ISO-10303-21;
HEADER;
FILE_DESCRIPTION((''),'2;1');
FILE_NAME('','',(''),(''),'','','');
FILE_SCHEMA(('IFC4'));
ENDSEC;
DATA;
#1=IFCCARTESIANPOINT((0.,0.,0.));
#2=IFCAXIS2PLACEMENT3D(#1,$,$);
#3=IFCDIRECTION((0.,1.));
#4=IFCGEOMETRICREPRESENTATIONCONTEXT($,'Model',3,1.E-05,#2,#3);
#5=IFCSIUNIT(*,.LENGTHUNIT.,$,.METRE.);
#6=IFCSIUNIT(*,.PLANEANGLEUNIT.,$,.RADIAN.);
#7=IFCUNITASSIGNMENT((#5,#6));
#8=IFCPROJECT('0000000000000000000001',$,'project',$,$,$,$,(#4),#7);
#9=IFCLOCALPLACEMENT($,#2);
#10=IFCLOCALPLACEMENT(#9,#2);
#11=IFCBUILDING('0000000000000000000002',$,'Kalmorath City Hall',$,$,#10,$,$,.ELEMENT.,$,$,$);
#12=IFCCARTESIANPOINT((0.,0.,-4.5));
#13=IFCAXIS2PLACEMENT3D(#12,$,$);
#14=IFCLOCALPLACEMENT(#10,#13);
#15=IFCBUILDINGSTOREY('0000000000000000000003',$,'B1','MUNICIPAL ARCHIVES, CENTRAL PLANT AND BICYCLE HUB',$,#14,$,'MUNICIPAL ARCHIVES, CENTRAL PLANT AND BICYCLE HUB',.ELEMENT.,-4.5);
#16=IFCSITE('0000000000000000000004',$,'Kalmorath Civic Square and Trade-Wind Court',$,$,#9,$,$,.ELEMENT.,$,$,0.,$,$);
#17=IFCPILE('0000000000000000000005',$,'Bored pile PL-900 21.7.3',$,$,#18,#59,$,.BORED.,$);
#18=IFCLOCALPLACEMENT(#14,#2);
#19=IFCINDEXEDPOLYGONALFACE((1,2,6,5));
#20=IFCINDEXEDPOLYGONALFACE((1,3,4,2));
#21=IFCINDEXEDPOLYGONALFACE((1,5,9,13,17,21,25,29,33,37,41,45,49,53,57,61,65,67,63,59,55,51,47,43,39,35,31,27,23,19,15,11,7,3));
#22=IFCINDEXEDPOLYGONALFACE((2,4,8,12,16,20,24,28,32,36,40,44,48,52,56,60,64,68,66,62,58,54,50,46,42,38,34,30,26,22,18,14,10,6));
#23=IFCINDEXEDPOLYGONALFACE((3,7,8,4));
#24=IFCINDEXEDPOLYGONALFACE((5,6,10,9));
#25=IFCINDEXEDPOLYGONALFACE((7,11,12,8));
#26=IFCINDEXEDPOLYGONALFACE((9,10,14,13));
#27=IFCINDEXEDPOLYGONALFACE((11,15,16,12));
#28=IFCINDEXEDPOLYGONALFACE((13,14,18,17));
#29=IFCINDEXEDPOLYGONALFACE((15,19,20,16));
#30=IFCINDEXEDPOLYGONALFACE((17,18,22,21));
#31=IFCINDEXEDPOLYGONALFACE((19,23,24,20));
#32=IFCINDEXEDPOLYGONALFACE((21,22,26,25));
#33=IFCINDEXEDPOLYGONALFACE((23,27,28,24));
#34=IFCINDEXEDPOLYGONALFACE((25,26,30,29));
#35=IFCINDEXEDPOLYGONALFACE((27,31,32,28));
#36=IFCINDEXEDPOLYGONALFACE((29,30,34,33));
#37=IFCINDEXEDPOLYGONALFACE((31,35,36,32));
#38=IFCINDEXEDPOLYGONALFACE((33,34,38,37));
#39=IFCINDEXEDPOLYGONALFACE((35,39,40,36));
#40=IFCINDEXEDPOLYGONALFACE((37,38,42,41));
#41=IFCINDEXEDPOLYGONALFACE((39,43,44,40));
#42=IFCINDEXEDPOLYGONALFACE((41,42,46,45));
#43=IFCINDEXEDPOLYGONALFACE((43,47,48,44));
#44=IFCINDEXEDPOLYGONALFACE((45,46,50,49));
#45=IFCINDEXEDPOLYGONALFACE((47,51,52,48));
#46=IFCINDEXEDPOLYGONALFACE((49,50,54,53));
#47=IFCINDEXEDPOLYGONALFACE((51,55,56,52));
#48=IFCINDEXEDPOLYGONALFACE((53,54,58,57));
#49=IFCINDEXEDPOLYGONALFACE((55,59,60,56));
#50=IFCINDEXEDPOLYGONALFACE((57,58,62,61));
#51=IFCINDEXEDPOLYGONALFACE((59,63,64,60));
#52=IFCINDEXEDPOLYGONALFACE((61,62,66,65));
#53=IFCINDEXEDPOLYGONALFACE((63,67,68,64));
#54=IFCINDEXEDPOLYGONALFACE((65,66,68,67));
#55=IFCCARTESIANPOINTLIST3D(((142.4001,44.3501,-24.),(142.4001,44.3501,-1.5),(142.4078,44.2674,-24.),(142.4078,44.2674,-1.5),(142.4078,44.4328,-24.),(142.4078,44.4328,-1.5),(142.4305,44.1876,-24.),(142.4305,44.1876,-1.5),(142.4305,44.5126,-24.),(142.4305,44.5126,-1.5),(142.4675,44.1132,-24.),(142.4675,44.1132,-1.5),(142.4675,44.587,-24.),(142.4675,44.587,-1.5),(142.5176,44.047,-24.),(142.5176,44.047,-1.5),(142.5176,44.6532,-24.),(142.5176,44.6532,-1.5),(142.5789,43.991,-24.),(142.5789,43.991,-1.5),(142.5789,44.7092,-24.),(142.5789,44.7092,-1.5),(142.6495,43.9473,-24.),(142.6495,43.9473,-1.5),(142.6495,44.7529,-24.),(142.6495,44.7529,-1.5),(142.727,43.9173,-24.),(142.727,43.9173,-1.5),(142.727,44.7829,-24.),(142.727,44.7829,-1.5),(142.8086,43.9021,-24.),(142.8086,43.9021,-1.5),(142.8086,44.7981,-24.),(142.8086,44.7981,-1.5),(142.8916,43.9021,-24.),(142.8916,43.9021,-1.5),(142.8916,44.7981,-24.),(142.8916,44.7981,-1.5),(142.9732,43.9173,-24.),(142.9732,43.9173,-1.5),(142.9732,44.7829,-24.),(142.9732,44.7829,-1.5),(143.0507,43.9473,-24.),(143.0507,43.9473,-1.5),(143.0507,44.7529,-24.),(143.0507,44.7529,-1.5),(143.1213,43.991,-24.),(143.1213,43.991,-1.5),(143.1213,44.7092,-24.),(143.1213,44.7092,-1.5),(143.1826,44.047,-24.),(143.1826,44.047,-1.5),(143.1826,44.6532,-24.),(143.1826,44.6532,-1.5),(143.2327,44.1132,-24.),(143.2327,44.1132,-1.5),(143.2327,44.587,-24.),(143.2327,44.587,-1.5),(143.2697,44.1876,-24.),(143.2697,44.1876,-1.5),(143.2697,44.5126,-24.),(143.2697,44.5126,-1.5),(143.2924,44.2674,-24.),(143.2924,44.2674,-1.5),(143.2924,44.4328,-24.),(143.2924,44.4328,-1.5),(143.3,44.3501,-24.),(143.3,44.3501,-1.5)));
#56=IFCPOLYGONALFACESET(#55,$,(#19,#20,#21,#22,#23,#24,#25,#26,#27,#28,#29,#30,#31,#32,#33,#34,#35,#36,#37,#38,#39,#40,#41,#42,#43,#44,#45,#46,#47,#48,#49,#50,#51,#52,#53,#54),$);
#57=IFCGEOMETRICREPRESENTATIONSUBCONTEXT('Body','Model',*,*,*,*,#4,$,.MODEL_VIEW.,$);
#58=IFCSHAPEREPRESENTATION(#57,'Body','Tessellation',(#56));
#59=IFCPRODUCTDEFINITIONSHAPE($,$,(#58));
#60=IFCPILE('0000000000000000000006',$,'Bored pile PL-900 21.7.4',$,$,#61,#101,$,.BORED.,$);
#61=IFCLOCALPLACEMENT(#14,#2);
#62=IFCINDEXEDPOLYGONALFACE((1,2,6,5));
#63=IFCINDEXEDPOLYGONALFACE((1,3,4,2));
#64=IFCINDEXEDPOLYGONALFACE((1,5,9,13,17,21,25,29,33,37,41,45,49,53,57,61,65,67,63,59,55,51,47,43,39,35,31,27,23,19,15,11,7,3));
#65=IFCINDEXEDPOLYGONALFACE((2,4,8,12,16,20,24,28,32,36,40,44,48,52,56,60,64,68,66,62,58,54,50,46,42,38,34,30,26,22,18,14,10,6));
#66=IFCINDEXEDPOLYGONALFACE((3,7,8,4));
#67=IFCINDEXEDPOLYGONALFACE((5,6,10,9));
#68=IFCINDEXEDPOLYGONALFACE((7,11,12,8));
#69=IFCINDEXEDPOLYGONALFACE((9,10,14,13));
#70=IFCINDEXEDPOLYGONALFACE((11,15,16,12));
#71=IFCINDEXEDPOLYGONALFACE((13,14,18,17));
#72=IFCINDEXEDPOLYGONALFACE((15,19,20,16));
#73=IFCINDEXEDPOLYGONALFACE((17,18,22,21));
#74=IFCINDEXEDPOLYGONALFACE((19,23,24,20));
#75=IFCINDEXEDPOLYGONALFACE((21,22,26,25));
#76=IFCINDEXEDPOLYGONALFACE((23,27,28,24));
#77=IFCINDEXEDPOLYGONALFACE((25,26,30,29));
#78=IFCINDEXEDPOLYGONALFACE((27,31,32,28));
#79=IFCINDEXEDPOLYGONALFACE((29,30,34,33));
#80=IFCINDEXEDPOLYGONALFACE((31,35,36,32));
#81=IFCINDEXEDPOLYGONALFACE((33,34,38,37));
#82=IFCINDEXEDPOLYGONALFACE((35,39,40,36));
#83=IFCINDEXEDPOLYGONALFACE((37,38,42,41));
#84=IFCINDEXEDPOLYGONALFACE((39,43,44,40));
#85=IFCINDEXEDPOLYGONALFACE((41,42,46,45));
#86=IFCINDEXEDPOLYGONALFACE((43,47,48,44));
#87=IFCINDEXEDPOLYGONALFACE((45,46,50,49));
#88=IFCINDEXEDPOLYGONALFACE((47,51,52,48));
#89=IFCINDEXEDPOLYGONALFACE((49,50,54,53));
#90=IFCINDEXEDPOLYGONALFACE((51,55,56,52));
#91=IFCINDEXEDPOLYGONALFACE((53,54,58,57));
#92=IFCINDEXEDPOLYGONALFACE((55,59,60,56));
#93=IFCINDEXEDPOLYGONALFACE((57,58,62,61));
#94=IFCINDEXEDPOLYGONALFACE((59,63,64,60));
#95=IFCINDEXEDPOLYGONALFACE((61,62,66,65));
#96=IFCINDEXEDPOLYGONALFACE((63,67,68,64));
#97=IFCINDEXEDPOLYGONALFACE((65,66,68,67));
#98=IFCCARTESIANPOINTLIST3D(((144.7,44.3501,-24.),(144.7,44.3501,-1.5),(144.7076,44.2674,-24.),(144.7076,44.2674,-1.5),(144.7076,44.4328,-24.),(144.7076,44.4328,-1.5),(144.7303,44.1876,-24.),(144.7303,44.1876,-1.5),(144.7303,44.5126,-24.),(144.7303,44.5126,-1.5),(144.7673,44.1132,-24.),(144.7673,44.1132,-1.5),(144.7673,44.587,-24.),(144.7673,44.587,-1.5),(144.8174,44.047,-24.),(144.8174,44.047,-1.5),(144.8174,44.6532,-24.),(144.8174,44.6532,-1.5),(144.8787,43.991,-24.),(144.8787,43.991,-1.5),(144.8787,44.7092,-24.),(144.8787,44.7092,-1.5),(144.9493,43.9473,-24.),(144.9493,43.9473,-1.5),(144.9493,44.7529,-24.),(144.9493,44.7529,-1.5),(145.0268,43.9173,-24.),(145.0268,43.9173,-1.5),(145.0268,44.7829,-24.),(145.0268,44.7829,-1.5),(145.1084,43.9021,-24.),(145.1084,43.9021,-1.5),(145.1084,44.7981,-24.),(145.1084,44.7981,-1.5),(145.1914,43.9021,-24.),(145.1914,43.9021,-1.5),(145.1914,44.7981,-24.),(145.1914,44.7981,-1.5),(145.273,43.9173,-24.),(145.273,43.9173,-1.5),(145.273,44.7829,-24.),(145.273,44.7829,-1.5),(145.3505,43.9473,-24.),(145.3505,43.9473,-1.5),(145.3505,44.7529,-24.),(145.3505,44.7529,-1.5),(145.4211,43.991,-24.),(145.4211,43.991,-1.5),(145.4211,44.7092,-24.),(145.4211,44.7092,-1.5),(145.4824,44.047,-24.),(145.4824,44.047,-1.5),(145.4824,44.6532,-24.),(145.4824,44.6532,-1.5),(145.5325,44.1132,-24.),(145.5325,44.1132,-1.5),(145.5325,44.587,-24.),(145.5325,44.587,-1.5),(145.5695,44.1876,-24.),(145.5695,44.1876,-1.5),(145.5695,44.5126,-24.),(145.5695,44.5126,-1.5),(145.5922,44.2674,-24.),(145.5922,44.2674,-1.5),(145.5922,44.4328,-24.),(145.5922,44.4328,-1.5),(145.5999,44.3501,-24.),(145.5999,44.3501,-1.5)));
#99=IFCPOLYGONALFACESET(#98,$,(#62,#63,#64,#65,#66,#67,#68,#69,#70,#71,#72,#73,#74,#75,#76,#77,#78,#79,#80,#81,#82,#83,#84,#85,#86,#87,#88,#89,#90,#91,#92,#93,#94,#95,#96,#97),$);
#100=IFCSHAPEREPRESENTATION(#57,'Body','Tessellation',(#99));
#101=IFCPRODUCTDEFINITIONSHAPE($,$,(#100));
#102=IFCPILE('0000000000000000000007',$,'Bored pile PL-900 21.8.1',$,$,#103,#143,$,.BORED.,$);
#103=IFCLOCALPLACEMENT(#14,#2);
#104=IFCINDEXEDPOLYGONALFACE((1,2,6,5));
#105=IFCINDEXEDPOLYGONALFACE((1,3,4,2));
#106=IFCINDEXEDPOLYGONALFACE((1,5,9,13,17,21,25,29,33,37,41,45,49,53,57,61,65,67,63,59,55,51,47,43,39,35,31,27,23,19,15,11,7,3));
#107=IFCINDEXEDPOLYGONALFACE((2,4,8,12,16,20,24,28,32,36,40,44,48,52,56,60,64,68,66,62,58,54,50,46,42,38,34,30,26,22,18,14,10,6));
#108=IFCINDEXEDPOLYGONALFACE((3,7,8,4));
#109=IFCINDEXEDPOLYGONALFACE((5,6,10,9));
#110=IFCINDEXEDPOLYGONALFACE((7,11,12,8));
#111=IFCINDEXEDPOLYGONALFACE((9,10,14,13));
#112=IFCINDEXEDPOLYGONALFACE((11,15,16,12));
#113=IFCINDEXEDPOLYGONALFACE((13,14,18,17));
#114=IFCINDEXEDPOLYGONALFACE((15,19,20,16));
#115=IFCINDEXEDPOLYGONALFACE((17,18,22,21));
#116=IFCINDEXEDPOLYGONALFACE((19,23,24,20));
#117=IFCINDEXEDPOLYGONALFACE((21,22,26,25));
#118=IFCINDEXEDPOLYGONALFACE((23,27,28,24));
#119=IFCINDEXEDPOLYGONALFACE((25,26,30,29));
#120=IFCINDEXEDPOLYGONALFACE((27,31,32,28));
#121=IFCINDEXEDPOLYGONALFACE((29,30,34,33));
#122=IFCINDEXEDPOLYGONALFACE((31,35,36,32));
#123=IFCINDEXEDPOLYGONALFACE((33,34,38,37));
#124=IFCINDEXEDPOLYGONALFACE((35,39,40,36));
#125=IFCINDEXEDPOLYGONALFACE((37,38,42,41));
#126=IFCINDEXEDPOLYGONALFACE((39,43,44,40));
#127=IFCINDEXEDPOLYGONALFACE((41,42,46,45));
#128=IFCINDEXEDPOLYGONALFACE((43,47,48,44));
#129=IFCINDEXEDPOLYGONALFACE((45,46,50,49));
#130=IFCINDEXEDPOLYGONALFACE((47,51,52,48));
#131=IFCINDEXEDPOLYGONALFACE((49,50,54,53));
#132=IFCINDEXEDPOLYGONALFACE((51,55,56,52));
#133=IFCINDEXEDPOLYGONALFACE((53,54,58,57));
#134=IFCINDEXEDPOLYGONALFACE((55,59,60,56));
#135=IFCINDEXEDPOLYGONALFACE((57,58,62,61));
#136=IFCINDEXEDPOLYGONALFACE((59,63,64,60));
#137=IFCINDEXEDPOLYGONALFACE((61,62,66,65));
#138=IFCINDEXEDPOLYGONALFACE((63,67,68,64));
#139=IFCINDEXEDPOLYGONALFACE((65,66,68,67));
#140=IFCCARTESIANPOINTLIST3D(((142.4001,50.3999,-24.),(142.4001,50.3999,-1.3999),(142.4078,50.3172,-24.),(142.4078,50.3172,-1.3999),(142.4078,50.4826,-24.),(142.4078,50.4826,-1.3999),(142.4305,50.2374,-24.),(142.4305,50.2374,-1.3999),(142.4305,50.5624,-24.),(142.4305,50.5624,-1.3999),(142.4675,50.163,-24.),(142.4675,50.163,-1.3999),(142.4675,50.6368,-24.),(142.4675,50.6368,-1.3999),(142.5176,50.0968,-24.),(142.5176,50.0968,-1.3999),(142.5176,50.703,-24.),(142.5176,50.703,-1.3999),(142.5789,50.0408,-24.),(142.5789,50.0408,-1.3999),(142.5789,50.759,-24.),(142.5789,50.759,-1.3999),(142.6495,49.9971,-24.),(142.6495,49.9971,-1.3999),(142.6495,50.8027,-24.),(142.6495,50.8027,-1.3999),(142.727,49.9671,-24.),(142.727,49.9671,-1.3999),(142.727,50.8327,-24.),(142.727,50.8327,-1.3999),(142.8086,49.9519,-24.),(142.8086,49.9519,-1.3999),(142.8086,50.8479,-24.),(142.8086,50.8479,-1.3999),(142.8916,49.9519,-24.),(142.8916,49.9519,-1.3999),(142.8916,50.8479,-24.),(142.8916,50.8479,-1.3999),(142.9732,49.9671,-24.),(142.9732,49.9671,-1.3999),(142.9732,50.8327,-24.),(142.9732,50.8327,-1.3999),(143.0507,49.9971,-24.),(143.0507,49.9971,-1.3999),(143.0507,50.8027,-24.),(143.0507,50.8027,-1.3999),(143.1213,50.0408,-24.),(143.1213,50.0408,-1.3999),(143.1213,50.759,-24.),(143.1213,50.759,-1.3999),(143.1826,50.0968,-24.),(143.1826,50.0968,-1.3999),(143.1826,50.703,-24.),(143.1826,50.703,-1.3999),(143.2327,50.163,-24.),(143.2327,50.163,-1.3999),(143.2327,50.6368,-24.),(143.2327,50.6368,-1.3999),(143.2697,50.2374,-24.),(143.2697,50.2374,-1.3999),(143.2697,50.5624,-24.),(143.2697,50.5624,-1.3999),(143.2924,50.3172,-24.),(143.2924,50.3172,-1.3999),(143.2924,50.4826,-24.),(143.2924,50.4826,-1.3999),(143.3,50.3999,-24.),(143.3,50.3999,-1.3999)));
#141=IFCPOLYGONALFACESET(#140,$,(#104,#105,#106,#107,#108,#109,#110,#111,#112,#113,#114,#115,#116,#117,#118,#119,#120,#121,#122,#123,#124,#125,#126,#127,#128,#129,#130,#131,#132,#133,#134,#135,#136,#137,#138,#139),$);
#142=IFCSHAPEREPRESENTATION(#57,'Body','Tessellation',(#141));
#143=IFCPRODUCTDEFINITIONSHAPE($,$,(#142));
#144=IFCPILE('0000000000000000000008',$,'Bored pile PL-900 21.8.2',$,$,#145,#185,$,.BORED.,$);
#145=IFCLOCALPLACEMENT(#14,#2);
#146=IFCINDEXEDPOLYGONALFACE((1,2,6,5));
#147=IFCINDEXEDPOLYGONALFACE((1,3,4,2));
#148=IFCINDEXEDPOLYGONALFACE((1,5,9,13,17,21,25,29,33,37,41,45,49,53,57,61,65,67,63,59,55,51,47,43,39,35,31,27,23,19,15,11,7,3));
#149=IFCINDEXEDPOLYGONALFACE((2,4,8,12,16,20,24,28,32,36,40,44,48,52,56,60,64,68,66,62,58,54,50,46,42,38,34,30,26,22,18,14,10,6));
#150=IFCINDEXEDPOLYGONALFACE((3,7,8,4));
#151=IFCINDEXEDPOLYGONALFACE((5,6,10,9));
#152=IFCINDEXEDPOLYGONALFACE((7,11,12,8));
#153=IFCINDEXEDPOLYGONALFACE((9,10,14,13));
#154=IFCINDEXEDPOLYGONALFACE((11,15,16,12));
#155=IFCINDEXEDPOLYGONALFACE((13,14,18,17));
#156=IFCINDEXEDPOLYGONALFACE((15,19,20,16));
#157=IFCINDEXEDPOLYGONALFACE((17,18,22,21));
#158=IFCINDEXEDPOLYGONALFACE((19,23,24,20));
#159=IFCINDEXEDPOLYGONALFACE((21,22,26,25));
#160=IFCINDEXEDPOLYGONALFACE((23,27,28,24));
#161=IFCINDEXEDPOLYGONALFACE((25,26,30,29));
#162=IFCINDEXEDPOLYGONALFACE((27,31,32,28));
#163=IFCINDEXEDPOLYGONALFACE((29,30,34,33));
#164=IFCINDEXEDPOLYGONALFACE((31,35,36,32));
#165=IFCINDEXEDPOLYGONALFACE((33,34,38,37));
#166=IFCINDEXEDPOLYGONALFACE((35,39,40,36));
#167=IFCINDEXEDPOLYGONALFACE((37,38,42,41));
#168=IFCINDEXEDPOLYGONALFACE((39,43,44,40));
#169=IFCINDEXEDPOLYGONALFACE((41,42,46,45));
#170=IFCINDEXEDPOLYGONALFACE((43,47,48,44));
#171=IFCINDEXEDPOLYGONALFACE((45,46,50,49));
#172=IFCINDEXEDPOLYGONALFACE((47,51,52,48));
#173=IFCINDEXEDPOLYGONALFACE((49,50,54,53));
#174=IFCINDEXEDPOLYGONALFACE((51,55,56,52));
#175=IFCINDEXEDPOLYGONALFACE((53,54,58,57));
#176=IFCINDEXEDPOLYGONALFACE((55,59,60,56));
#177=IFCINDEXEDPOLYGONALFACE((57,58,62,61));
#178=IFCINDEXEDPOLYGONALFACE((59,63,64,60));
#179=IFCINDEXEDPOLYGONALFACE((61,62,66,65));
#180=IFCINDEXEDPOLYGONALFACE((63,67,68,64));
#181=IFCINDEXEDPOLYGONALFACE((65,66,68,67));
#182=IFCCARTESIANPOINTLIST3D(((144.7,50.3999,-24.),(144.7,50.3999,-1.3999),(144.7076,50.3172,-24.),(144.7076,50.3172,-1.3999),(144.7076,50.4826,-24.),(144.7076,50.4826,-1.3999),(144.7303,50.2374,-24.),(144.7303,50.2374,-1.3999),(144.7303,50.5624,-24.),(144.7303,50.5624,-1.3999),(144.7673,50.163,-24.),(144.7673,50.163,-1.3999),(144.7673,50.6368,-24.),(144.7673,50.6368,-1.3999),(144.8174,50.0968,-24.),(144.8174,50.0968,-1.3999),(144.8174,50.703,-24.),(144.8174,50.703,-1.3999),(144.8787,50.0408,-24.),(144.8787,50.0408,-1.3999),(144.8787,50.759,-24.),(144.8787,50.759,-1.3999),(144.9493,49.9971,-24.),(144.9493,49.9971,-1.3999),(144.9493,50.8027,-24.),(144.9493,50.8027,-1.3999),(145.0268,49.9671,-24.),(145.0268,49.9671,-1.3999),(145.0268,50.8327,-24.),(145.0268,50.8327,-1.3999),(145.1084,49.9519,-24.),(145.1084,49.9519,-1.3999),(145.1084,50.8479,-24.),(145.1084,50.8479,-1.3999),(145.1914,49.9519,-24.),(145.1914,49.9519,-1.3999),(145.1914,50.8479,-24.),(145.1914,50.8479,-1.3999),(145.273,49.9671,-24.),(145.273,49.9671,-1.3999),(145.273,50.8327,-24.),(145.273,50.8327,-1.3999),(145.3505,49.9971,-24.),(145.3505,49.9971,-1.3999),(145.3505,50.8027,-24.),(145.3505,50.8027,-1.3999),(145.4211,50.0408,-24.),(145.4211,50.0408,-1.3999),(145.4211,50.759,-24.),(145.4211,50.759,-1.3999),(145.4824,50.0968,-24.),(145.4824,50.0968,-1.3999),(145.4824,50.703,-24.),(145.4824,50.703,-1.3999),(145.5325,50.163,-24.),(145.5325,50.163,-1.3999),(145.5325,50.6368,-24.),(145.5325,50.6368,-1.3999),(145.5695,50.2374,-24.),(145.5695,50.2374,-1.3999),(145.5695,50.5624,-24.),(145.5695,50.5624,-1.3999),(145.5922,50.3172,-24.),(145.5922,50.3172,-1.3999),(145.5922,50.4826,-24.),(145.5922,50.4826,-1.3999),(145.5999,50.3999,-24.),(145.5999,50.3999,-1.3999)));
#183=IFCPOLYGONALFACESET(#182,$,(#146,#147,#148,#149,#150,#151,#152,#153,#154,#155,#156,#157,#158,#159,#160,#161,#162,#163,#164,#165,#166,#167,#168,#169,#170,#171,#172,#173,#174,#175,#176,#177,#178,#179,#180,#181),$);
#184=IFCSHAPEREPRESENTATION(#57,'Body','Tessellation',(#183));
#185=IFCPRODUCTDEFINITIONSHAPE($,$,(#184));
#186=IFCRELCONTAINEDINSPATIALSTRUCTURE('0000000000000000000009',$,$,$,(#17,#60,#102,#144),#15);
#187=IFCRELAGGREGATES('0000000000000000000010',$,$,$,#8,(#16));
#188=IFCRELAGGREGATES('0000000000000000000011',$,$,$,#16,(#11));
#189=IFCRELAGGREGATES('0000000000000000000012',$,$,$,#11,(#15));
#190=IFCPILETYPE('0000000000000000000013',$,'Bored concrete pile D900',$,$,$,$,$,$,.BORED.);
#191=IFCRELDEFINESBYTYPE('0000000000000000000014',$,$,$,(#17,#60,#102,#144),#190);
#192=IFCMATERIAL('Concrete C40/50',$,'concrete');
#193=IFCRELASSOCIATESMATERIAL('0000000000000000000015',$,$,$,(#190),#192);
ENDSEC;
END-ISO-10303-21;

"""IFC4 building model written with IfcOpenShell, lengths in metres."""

from ifc_helpers import new_model, si_unit, direction, frame, origin, origin_2d, place, context, subcontext, project, spatial, circle, extrude, material, material_profile, profile_set, type_object, element, save


model = new_model("IFC4")

# Units and contexts
model_context = context("Model", 3, precision=1e-05, world=origin(), true_north=direction((0.0, 1.0)))
body_context = subcontext(model_context, "Body", "Model", "MODEL_VIEW")
ifc_project = project(units=[si_unit("LENGTHUNIT", "METRE"), si_unit("PLANEANGLEUNIT", "RADIAN")], contexts=[model_context])

# Site, building, storey
site_placement = place(None, origin())
site = spatial("IfcSite", under=ifc_project, at=site_placement, Name="Kalmorath Civic Square and Trade-Wind Court", CompositionType="ELEMENT", RefElevation=0.0)
building_placement = place(site_placement, origin())
building = spatial("IfcBuilding", under=site, at=building_placement, Name="Kalmorath City Hall", CompositionType="ELEMENT")
storey_placement = place(building_placement, frame((0.0, 0.0, -4.5)))
storey = spatial("IfcBuildingStorey", under=building, at=storey_placement, Name="B1", Description="MUNICIPAL ARCHIVES, CENTRAL PLANT AND BICYCLE HUB", LongName="MUNICIPAL ARCHIVES, CENTRAL PLANT AND BICYCLE HUB", CompositionType="ELEMENT", Elevation=-4.5)

# Piles
ifc_material_1 = material(Name="Concrete C40/50", Category="concrete")
ifc_material_profile_1 = material_profile(ifc_material_1, circle(Radius=0.45, at=origin_2d()), Name="PILE-D900")
ifc_profile_set_1 = profile_set([ifc_material_profile_1], Name="Concrete C40/50")
pile_type = type_object("IfcPileType", Name="Bored concrete pile D900", PredefinedType="BORED", material=ifc_profile_set_1)
for number, where, z_axis, x_axis, name in (
    (1, (142.8501, 44.3501, -1.5), (0.0, 0.0, -1.0), (1.0, 0.0, 0.0), "Bored pile PL-900 21.7.3"),
    (2, (145.1499, 44.3501, -1.5), (0.0, 0.0, -1.0), (1.0, 0.0, 0.0), "Bored pile PL-900 21.7.4"),
):
    element("IfcPile", number, at=place(storey_placement, frame(where, z_axis=z_axis, x_axis=x_axis)), inside=storey, type_object=pile_type, Name=name, PredefinedType="BORED", context=body_context, shape_type="SweptSolid", body=[
        extrude(circle(Radius=0.45, at=origin_2d()), origin(), (0.0, 0.0, 1.0), 22.5),
    ])
for number, where, z_axis, x_axis, name in (
    (3, (142.8501, 50.3999, -1.3999), (0.0, 0.0, -1.0), (1.0, 0.0, 0.0), "Bored pile PL-900 21.8.1"),
    (4, (145.1499, 50.3999, -1.3999), (0.0, 0.0, -1.0), (1.0, 0.0, 0.0), "Bored pile PL-900 21.8.2"),
):
    element("IfcPile", number, at=place(storey_placement, frame(where, z_axis=z_axis, x_axis=x_axis)), inside=storey, type_object=pile_type, Name=name, PredefinedType="BORED", context=body_context, shape_type="SweptSolid", body=[
        extrude(circle(Radius=0.45, at=origin_2d()), origin(), (0.0, 0.0, 1.0), 22.6001),
    ])

save(model, "model.ifc")
